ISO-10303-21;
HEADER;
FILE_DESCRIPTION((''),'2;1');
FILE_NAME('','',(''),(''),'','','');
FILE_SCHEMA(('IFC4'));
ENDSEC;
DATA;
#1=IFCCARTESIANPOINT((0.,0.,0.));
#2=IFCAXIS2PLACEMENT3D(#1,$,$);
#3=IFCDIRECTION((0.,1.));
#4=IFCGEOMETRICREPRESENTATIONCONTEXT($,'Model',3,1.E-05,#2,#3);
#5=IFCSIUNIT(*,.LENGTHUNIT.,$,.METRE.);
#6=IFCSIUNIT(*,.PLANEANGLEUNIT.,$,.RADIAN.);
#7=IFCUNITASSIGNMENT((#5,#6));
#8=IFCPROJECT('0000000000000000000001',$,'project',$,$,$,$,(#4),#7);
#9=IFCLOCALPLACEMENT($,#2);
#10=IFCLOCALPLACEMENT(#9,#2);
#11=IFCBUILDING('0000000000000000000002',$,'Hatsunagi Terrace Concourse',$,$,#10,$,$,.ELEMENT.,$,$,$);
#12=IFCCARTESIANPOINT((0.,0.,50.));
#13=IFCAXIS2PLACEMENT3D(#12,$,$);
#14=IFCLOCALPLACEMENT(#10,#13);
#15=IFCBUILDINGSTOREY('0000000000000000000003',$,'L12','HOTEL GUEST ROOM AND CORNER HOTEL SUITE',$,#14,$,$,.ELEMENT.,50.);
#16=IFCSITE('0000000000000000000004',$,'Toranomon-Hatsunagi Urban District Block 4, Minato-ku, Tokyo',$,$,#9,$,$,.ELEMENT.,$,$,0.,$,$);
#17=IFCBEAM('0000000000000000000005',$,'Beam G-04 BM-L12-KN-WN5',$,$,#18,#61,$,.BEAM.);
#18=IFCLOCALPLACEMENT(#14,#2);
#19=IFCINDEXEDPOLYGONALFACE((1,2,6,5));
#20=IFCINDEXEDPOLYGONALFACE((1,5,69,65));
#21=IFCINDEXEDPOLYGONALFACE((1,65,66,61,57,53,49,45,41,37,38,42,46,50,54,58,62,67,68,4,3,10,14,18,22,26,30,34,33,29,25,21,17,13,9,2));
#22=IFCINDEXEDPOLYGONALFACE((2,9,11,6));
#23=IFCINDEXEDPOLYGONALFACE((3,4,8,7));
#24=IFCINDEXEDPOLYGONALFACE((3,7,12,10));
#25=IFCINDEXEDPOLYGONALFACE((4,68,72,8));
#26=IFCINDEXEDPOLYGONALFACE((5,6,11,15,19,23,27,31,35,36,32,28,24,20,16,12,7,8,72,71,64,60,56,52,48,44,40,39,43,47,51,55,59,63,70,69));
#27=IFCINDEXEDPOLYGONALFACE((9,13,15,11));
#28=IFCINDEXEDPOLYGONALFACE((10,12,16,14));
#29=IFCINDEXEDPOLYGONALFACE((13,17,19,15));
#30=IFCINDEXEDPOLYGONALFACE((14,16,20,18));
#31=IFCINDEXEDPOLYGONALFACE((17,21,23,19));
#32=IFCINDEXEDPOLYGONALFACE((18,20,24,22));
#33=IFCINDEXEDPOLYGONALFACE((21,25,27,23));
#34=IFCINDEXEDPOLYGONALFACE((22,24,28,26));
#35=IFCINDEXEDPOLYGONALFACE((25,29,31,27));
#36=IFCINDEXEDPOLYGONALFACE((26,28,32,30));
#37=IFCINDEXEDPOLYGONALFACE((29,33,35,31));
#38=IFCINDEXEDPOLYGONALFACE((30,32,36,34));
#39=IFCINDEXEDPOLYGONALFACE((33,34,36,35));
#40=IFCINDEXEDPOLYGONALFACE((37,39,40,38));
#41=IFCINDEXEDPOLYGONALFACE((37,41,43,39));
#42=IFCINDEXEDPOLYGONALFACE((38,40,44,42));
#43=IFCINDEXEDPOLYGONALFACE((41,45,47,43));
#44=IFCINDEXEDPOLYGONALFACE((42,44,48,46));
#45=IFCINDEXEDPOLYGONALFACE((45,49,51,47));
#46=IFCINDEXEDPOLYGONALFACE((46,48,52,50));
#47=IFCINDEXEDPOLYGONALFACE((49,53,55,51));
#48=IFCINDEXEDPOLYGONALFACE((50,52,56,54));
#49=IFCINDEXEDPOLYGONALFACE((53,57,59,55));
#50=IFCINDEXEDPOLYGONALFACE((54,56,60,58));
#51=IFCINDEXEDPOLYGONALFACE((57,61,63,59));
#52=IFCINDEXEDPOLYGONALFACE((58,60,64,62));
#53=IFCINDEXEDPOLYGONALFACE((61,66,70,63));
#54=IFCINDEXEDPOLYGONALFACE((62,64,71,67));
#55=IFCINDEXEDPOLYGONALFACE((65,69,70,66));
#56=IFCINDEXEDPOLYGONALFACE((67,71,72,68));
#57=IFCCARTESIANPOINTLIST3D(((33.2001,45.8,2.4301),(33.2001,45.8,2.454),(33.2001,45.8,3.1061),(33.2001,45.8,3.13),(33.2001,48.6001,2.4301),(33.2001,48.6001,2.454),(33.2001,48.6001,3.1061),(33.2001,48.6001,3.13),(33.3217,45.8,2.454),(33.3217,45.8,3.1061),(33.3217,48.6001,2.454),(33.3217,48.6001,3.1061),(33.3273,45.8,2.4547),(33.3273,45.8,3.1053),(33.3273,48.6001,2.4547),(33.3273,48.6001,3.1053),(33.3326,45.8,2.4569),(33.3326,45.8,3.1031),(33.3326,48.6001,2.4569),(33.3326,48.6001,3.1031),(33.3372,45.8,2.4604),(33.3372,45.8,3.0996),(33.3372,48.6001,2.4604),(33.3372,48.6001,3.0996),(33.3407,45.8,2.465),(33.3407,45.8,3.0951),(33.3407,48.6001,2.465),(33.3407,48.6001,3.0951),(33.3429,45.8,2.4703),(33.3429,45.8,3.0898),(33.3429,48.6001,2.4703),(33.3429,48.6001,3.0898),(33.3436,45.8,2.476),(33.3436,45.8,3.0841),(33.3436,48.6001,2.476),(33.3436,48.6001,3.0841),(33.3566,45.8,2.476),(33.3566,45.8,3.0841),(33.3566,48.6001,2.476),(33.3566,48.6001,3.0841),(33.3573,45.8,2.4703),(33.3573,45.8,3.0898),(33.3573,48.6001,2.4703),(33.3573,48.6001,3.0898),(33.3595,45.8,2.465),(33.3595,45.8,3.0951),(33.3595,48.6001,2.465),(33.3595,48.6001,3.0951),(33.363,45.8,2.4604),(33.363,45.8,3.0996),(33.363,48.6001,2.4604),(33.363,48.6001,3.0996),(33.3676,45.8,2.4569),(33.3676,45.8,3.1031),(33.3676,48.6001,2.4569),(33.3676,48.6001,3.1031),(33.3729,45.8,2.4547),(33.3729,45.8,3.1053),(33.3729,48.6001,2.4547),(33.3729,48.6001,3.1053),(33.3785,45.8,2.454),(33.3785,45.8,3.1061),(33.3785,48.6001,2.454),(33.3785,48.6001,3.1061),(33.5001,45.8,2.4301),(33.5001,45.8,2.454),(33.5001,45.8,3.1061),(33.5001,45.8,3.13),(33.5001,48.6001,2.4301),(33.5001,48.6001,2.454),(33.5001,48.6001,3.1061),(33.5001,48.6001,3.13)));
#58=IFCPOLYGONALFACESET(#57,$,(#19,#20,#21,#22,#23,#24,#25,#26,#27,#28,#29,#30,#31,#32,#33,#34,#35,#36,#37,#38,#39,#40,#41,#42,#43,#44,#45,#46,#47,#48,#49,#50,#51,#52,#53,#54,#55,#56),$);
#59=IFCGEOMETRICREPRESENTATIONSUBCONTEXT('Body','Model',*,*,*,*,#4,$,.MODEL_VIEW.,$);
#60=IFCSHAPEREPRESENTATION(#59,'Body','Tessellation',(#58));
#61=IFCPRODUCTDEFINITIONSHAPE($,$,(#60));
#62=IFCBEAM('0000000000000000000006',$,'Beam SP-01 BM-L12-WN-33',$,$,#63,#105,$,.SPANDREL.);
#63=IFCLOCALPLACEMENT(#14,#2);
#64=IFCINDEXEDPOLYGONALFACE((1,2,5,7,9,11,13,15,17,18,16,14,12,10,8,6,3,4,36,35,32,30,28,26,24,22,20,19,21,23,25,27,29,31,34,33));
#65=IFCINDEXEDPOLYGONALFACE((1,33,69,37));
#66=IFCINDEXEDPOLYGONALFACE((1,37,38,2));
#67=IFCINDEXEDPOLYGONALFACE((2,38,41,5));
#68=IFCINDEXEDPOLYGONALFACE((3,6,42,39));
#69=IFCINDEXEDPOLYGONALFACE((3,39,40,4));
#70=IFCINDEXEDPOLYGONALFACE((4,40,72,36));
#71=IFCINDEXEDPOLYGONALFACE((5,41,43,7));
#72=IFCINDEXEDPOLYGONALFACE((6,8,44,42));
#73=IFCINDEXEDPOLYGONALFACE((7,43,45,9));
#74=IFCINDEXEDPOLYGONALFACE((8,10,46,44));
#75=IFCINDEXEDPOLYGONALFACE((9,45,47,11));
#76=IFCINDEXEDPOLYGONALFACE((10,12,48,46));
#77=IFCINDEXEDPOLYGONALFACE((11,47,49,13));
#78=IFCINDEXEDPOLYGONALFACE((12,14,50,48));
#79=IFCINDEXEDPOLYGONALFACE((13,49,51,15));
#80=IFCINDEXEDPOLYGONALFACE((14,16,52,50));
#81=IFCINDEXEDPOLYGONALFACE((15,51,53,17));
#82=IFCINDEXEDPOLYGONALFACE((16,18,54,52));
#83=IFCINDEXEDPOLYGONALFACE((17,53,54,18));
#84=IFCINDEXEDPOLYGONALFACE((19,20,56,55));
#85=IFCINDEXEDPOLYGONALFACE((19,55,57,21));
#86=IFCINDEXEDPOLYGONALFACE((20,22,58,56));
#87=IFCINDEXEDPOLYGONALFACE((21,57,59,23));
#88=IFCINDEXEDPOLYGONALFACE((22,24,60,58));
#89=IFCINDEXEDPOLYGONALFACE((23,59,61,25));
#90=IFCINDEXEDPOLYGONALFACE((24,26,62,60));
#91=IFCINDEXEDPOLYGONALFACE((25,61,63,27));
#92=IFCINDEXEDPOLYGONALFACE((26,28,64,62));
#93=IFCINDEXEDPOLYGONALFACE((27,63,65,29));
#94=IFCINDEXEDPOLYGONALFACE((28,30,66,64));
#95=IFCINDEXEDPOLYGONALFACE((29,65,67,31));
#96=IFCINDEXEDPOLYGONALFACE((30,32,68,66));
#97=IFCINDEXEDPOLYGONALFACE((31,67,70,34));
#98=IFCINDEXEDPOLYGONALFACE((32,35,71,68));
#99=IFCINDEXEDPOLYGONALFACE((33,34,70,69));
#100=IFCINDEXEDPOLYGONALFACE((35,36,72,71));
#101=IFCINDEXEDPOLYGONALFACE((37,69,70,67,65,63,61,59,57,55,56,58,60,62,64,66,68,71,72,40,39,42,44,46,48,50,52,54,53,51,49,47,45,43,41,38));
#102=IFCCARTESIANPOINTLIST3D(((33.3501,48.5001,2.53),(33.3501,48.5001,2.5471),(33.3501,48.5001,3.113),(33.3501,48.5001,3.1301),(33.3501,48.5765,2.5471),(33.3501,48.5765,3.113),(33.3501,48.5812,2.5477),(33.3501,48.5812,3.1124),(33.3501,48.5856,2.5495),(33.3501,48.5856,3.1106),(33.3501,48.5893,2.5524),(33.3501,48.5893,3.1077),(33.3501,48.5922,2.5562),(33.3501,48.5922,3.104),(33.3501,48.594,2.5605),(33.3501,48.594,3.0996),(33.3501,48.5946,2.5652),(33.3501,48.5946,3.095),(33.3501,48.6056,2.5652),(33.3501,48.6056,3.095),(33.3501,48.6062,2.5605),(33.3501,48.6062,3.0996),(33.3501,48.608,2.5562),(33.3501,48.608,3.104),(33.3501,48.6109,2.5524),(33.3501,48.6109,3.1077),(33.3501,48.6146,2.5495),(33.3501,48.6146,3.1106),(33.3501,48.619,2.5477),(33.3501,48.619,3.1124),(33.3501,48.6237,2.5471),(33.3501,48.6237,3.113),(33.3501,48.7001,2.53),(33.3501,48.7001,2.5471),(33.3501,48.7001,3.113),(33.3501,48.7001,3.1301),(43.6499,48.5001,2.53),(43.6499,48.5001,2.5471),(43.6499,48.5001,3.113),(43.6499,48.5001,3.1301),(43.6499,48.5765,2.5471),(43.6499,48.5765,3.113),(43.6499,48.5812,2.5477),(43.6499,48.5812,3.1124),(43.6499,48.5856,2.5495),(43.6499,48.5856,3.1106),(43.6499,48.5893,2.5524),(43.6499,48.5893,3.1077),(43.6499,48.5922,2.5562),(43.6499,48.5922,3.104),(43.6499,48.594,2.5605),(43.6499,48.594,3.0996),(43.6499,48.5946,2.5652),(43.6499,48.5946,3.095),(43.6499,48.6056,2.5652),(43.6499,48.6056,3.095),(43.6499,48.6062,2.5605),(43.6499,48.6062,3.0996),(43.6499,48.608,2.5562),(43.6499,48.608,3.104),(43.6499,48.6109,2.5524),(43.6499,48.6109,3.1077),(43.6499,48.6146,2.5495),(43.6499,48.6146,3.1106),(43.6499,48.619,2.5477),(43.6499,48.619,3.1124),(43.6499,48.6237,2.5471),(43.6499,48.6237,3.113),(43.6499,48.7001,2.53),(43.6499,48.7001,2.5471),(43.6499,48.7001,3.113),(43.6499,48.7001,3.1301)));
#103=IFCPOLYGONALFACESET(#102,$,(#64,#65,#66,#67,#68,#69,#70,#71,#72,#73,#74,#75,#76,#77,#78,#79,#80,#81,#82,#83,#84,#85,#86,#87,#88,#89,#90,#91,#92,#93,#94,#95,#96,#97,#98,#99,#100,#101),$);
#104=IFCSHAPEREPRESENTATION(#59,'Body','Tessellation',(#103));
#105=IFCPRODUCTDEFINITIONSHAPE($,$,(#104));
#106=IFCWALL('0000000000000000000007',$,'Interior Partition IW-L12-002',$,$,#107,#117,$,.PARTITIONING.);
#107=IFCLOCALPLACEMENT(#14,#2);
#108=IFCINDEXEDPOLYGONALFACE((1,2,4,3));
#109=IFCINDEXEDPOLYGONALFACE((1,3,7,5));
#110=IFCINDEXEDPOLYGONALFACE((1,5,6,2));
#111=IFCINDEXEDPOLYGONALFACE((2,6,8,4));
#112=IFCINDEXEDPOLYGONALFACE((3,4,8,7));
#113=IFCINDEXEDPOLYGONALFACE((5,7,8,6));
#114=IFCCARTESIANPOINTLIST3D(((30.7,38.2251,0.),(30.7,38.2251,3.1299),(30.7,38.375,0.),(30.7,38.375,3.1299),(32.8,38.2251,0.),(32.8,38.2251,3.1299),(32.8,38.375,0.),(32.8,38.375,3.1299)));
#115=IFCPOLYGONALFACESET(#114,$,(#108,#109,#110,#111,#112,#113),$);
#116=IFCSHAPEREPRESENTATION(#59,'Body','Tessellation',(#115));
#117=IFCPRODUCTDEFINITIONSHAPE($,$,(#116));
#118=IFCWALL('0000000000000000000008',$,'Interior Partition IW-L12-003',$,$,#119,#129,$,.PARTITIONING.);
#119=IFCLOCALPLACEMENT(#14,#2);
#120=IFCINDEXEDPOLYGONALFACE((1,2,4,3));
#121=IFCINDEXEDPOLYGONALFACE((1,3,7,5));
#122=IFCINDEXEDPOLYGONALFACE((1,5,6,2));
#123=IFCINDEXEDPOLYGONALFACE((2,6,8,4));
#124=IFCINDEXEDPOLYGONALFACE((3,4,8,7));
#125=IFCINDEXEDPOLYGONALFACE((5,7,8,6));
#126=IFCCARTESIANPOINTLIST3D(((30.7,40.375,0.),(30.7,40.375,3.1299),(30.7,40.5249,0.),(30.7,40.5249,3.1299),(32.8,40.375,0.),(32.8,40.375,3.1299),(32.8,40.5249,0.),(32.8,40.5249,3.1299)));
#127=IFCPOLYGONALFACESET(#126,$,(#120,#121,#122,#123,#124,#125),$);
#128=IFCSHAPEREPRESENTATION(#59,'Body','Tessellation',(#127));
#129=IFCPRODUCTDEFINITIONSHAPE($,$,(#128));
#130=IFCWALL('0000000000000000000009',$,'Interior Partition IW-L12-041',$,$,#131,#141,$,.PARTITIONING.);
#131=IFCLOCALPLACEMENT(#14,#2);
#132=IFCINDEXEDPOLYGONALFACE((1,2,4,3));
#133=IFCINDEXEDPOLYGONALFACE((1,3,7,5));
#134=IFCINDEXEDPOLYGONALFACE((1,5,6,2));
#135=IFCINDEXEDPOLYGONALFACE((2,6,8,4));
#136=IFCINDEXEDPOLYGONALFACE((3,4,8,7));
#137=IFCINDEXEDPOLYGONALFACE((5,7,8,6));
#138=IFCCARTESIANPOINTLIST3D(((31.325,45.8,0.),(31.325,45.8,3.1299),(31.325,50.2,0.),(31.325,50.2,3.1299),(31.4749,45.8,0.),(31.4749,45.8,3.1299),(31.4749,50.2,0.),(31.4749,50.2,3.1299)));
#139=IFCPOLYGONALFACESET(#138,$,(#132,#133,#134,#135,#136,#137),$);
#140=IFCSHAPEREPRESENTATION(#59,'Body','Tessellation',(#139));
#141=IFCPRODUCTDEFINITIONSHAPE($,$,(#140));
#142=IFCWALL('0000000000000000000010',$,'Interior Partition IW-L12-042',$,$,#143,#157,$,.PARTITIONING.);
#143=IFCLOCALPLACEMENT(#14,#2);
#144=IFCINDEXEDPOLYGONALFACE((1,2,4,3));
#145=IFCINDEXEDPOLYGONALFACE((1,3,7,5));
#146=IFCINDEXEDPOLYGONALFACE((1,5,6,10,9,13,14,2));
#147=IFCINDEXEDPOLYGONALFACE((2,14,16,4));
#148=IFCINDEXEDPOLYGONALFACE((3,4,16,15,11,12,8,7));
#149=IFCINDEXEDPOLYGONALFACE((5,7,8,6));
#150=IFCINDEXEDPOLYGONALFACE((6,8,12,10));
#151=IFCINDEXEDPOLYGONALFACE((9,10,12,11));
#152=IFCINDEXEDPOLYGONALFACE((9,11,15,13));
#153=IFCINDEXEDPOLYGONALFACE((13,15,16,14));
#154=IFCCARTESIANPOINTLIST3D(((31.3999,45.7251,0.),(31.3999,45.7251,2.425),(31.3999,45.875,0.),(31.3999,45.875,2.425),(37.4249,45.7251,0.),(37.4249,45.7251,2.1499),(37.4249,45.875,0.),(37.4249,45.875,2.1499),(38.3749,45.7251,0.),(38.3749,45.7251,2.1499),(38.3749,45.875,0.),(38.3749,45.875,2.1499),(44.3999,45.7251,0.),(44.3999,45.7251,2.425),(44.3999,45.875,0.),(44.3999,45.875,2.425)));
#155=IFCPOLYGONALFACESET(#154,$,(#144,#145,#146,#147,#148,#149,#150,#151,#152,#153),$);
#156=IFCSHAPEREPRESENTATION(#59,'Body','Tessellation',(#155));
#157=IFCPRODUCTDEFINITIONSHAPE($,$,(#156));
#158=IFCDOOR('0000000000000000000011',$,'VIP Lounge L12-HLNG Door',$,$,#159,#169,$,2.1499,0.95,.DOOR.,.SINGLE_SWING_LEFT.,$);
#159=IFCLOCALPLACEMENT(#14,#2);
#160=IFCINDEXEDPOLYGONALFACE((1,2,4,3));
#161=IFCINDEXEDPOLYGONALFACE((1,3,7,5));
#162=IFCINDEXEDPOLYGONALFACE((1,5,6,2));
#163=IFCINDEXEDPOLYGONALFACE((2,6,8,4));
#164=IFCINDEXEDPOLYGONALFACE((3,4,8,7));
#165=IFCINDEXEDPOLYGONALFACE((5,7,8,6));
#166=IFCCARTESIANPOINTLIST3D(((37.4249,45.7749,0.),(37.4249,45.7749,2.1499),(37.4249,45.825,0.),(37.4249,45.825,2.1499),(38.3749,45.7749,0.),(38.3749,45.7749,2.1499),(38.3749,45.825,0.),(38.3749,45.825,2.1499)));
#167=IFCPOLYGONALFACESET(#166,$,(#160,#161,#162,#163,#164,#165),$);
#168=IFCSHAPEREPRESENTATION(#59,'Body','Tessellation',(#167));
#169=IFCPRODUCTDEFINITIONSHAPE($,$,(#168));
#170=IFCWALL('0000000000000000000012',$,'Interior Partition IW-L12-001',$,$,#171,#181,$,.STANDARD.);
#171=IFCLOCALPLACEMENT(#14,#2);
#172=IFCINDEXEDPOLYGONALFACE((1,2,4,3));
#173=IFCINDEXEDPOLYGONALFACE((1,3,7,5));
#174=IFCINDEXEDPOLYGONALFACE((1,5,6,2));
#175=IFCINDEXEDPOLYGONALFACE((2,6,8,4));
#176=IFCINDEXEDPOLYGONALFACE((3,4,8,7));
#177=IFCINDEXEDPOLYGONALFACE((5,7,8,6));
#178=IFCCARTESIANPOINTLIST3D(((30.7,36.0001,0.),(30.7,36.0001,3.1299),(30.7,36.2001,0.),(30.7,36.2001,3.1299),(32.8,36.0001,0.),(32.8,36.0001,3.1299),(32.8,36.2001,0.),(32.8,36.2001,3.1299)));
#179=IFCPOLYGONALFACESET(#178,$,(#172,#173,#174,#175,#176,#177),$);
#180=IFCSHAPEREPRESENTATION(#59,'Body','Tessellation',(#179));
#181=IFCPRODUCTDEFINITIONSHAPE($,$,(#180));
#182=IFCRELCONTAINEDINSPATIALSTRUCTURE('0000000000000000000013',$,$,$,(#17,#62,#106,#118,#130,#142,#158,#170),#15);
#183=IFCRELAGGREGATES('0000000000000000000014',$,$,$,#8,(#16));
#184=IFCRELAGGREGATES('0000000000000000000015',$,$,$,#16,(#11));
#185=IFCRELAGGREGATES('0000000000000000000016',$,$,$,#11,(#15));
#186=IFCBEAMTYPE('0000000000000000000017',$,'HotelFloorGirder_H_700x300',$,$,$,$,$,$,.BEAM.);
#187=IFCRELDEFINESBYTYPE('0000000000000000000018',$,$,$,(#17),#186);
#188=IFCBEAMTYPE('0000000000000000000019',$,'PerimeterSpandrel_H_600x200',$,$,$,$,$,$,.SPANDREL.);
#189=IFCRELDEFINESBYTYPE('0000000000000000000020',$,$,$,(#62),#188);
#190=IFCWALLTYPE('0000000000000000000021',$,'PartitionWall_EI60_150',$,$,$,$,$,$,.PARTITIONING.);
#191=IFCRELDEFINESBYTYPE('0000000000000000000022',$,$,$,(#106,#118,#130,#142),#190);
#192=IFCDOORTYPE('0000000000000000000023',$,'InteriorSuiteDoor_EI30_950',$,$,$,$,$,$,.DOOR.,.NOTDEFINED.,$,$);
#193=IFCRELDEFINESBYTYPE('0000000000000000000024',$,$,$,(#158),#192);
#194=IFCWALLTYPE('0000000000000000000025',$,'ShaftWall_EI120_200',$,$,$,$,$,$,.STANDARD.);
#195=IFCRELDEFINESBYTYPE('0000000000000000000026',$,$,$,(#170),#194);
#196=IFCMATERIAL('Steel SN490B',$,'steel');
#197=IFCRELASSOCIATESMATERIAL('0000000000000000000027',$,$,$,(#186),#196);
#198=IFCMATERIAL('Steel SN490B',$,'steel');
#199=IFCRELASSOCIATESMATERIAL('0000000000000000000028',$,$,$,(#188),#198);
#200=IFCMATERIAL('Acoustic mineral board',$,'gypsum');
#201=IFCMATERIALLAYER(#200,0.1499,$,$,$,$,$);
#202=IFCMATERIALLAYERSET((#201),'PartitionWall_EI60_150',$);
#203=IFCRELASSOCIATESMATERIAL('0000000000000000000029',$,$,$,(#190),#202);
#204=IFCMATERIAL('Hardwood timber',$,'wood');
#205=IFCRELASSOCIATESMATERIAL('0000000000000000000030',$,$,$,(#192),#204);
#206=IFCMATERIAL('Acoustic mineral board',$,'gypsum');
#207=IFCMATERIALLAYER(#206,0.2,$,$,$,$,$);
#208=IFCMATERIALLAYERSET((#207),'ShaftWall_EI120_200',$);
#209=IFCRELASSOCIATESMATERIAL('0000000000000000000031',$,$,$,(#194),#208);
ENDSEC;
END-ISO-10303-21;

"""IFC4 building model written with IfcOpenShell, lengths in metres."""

from ifc_helpers import new_model, si_unit, direction, frame, frame_2d, origin, origin_2d, place, context, subcontext, project, spatial, rectangle, i_section, extrude, material, layer, layer_set, material_profile, profile_set, type_object, element, fill, save


model = new_model("IFC4")

# Units and contexts
model_context = context("Model", 3, precision=1e-05, world=origin(), true_north=direction((0.0, 1.0)))
body_context = subcontext(model_context, "Body", "Model", "MODEL_VIEW")
ifc_project = project(units=[si_unit("LENGTHUNIT", "METRE"), si_unit("PLANEANGLEUNIT", "RADIAN")], contexts=[model_context])

# Site, building, storey
site_placement = place(None, origin())
site = spatial("IfcSite", under=ifc_project, at=site_placement, Name="Toranomon-Hatsunagi Urban District Block 4, Minato-ku, Tokyo", CompositionType="ELEMENT", RefElevation=0.0)
building_placement = place(site_placement, origin())
building = spatial("IfcBuilding", under=site, at=building_placement, Name="Hatsunagi Terrace Concourse", CompositionType="ELEMENT")
storey_placement = place(building_placement, frame((0.0, 0.0, 50.0)))
storey = spatial("IfcBuildingStorey", under=building, at=storey_placement, Name="L12", Description="HOTEL GUEST ROOM AND CORNER HOTEL SUITE", CompositionType="ELEMENT", Elevation=50.0)

# Beams
ifc_material_1 = material(Name="Steel SN490B", Category="steel")
ifc_material_profile_1 = material_profile(ifc_material_1, i_section(OverallWidth=0.3, OverallDepth=0.7, WebThickness=0.0129, FlangeThickness=0.0239, FilletRadius=0.022, at=origin_2d()), Name="H-700x300x13x24")
ifc_profile_set_1 = profile_set([ifc_material_profile_1], Name="Steel SN490B")
beam_type_1 = type_object("IfcBeamType", Name="HotelFloorGirder_H_700x300", PredefinedType="BEAM", material=ifc_profile_set_1)
beam_1_placement = place(storey_placement, frame((33.3501, 45.8, 2.78), z_axis=(0.0, 1.0, 0.0), x_axis=(-1.0, 0.0, 0.0)))
element("IfcBeam", 1, at=beam_1_placement, inside=storey, type_object=beam_type_1, Name="Beam G-04 BM-L12-KN-WN5", PredefinedType="BEAM", context=body_context, shape_type="SweptSolid", body=[
    extrude(i_section(OverallWidth=0.3, OverallDepth=0.7, WebThickness=0.0129, FlangeThickness=0.0239, FilletRadius=0.022, at=origin_2d()), origin(), (0.0, 0.0, 1.0), 2.8),
])
ifc_material_2 = material(Name="Steel SN490B", Category="steel")
ifc_material_profile_2 = material_profile(ifc_material_2, i_section(OverallWidth=0.2, OverallDepth=0.6001, WebThickness=0.011, FlangeThickness=0.0171, FilletRadius=0.0181, at=origin_2d()), Name="H-600x200x11x17")
ifc_profile_set_2 = profile_set([ifc_material_profile_2], Name="Steel SN490B")
beam_type_2 = type_object("IfcBeamType", Name="PerimeterSpandrel_H_600x200", PredefinedType="SPANDREL", material=ifc_profile_set_2)
beam_2_placement = place(storey_placement, frame((33.3501, 48.6001, 2.8301), z_axis=(1.0, 0.0, 0.0), x_axis=(0.0, 1.0, 0.0)))
element("IfcBeam", 2, at=beam_2_placement, inside=storey, type_object=beam_type_2, Name="Beam SP-01 BM-L12-WN-33", PredefinedType="SPANDREL", context=body_context, shape_type="SweptSolid", body=[
    extrude(i_section(OverallWidth=0.2, OverallDepth=0.6001, WebThickness=0.011, FlangeThickness=0.0171, FilletRadius=0.0181, at=origin_2d()), origin(), (0.0, 0.0, 1.0), 10.2998),
])

# Walls
ifc_material_3 = material(Name="Acoustic mineral board", Category="gypsum")
ifc_layer_1 = layer(ifc_material_3, 0.1499)
ifc_layer_set_1 = layer_set([ifc_layer_1], Name="PartitionWall_EI60_150")
wall_type_1 = type_object("IfcWallType", Name="PartitionWall_EI60_150", PredefinedType="PARTITIONING", material=ifc_layer_set_1)
for number, where, z_axis, x_axis, name in (
    (3, (30.7, 38.3, 0.0), (0.0, 0.0, 1.0), (1.0, 0.0, 0.0), "Interior Partition IW-L12-002"),
    (4, (30.7, 40.45, 0.0), (0.0, 0.0, 1.0), (1.0, 0.0, 0.0), "Interior Partition IW-L12-003"),
):
    element("IfcWall", number, at=place(storey_placement, frame(where, z_axis=z_axis, x_axis=x_axis)), inside=storey, type_object=wall_type_1, Name=name, PredefinedType="PARTITIONING", context=body_context, shape_type="SweptSolid", body=[
        extrude(rectangle(XDim=2.1001, YDim=0.1499, at=frame_2d((1.05, 0.0))), origin(), (0.0, 0.0, 1.0), 3.1299),
    ])
wall_1_placement = place(storey_placement, frame((31.3999, 45.8, 0.0), z_axis=(0.0, 0.0, 1.0), x_axis=(0.0, 1.0, 0.0)))
element("IfcWall", 5, at=wall_1_placement, inside=storey, type_object=wall_type_1, Name="Interior Partition IW-L12-041", PredefinedType="PARTITIONING", context=body_context, shape_type="SweptSolid", body=[
    extrude(rectangle(XDim=4.3999, YDim=0.1499, at=frame_2d((2.2, 0.0))), origin(), (0.0, 0.0, 1.0), 3.1299),
])

# Wall, opening, door
wall_2_placement = place(storey_placement, frame((31.3999, 45.8, 0.0), z_axis=(0.0, 0.0, 1.0), x_axis=(1.0, 0.0, 0.0)))
wall_2 = element("IfcWall", 6, at=wall_2_placement, inside=storey, type_object=wall_type_1, Name="Interior Partition IW-L12-042", PredefinedType="PARTITIONING", context=body_context, shape_type="SweptSolid", body=[
    extrude(rectangle(XDim=13.0, YDim=0.1499, at=frame_2d((6.5, 0.0))), origin(), (0.0, 0.0, 1.0), 2.425),
])
opening_1_placement = place(wall_2_placement, frame((6.0249, 0.0, 0.0)))
opening_1 = element("IfcOpeningElement", 7, at=opening_1_placement, cuts=wall_2, PredefinedType="OPENING", context=body_context, shape_type="SweptSolid", body=[
    extrude(rectangle(XDim=0.95, YDim=2.1499, at=frame_2d((0.4751, 1.075))), frame((0.0, 0.085, 0.0), z_axis=(0.0, -1.0, 0.0), x_axis=(1.0, 0.0, 0.0)), (0.0, 0.0, 1.0), 0.1699),
])
ifc_material_4 = material(Name="Hardwood timber", Category="wood")
door_type_1 = type_object("IfcDoorType", Name="InteriorSuiteDoor_EI30_950", OperationType="NOTDEFINED", PredefinedType="DOOR", material=ifc_material_4)
door_1_placement = place(opening_1_placement, origin())
door_1 = element("IfcDoor", 8, at=door_1_placement, inside=storey, type_object=door_type_1, Name="VIP Lounge L12-HLNG Door", OperationType="SINGLE_SWING_LEFT", OverallHeight=2.1499, OverallWidth=0.95, PredefinedType="DOOR", context=body_context, shape_type="SweptSolid", body=[
    extrude(rectangle(XDim=0.95, YDim=2.1499, at=frame_2d((0.4751, 1.075))), frame((0.0, 0.0249, 0.0), z_axis=(0.0, -1.0, 0.0), x_axis=(1.0, 0.0, 0.0)), (0.0, 0.0, 1.0), 0.05),
])
fill(opening_1, door_1)

# Wall
ifc_material_5 = material(Name="Acoustic mineral board", Category="gypsum")
ifc_layer_2 = layer(ifc_material_5, 0.2)
ifc_layer_set_2 = layer_set([ifc_layer_2], Name="ShaftWall_EI120_200")
wall_type_2 = type_object("IfcWallType", Name="ShaftWall_EI120_200", PredefinedType="STANDARD", material=ifc_layer_set_2)
wall_3_placement = place(storey_placement, frame((30.7, 36.1001, 0.0), z_axis=(0.0, 0.0, 1.0), x_axis=(1.0, 0.0, 0.0)))
element("IfcWall", 9, at=wall_3_placement, inside=storey, type_object=wall_type_2, Name="Interior Partition IW-L12-001", PredefinedType="STANDARD", context=body_context, shape_type="SweptSolid", body=[
    extrude(rectangle(XDim=2.1001, YDim=0.2, at=frame_2d((1.05, 0.0))), origin(), (0.0, 0.0, 1.0), 3.1299),
])

save(model, "model.ifc")
